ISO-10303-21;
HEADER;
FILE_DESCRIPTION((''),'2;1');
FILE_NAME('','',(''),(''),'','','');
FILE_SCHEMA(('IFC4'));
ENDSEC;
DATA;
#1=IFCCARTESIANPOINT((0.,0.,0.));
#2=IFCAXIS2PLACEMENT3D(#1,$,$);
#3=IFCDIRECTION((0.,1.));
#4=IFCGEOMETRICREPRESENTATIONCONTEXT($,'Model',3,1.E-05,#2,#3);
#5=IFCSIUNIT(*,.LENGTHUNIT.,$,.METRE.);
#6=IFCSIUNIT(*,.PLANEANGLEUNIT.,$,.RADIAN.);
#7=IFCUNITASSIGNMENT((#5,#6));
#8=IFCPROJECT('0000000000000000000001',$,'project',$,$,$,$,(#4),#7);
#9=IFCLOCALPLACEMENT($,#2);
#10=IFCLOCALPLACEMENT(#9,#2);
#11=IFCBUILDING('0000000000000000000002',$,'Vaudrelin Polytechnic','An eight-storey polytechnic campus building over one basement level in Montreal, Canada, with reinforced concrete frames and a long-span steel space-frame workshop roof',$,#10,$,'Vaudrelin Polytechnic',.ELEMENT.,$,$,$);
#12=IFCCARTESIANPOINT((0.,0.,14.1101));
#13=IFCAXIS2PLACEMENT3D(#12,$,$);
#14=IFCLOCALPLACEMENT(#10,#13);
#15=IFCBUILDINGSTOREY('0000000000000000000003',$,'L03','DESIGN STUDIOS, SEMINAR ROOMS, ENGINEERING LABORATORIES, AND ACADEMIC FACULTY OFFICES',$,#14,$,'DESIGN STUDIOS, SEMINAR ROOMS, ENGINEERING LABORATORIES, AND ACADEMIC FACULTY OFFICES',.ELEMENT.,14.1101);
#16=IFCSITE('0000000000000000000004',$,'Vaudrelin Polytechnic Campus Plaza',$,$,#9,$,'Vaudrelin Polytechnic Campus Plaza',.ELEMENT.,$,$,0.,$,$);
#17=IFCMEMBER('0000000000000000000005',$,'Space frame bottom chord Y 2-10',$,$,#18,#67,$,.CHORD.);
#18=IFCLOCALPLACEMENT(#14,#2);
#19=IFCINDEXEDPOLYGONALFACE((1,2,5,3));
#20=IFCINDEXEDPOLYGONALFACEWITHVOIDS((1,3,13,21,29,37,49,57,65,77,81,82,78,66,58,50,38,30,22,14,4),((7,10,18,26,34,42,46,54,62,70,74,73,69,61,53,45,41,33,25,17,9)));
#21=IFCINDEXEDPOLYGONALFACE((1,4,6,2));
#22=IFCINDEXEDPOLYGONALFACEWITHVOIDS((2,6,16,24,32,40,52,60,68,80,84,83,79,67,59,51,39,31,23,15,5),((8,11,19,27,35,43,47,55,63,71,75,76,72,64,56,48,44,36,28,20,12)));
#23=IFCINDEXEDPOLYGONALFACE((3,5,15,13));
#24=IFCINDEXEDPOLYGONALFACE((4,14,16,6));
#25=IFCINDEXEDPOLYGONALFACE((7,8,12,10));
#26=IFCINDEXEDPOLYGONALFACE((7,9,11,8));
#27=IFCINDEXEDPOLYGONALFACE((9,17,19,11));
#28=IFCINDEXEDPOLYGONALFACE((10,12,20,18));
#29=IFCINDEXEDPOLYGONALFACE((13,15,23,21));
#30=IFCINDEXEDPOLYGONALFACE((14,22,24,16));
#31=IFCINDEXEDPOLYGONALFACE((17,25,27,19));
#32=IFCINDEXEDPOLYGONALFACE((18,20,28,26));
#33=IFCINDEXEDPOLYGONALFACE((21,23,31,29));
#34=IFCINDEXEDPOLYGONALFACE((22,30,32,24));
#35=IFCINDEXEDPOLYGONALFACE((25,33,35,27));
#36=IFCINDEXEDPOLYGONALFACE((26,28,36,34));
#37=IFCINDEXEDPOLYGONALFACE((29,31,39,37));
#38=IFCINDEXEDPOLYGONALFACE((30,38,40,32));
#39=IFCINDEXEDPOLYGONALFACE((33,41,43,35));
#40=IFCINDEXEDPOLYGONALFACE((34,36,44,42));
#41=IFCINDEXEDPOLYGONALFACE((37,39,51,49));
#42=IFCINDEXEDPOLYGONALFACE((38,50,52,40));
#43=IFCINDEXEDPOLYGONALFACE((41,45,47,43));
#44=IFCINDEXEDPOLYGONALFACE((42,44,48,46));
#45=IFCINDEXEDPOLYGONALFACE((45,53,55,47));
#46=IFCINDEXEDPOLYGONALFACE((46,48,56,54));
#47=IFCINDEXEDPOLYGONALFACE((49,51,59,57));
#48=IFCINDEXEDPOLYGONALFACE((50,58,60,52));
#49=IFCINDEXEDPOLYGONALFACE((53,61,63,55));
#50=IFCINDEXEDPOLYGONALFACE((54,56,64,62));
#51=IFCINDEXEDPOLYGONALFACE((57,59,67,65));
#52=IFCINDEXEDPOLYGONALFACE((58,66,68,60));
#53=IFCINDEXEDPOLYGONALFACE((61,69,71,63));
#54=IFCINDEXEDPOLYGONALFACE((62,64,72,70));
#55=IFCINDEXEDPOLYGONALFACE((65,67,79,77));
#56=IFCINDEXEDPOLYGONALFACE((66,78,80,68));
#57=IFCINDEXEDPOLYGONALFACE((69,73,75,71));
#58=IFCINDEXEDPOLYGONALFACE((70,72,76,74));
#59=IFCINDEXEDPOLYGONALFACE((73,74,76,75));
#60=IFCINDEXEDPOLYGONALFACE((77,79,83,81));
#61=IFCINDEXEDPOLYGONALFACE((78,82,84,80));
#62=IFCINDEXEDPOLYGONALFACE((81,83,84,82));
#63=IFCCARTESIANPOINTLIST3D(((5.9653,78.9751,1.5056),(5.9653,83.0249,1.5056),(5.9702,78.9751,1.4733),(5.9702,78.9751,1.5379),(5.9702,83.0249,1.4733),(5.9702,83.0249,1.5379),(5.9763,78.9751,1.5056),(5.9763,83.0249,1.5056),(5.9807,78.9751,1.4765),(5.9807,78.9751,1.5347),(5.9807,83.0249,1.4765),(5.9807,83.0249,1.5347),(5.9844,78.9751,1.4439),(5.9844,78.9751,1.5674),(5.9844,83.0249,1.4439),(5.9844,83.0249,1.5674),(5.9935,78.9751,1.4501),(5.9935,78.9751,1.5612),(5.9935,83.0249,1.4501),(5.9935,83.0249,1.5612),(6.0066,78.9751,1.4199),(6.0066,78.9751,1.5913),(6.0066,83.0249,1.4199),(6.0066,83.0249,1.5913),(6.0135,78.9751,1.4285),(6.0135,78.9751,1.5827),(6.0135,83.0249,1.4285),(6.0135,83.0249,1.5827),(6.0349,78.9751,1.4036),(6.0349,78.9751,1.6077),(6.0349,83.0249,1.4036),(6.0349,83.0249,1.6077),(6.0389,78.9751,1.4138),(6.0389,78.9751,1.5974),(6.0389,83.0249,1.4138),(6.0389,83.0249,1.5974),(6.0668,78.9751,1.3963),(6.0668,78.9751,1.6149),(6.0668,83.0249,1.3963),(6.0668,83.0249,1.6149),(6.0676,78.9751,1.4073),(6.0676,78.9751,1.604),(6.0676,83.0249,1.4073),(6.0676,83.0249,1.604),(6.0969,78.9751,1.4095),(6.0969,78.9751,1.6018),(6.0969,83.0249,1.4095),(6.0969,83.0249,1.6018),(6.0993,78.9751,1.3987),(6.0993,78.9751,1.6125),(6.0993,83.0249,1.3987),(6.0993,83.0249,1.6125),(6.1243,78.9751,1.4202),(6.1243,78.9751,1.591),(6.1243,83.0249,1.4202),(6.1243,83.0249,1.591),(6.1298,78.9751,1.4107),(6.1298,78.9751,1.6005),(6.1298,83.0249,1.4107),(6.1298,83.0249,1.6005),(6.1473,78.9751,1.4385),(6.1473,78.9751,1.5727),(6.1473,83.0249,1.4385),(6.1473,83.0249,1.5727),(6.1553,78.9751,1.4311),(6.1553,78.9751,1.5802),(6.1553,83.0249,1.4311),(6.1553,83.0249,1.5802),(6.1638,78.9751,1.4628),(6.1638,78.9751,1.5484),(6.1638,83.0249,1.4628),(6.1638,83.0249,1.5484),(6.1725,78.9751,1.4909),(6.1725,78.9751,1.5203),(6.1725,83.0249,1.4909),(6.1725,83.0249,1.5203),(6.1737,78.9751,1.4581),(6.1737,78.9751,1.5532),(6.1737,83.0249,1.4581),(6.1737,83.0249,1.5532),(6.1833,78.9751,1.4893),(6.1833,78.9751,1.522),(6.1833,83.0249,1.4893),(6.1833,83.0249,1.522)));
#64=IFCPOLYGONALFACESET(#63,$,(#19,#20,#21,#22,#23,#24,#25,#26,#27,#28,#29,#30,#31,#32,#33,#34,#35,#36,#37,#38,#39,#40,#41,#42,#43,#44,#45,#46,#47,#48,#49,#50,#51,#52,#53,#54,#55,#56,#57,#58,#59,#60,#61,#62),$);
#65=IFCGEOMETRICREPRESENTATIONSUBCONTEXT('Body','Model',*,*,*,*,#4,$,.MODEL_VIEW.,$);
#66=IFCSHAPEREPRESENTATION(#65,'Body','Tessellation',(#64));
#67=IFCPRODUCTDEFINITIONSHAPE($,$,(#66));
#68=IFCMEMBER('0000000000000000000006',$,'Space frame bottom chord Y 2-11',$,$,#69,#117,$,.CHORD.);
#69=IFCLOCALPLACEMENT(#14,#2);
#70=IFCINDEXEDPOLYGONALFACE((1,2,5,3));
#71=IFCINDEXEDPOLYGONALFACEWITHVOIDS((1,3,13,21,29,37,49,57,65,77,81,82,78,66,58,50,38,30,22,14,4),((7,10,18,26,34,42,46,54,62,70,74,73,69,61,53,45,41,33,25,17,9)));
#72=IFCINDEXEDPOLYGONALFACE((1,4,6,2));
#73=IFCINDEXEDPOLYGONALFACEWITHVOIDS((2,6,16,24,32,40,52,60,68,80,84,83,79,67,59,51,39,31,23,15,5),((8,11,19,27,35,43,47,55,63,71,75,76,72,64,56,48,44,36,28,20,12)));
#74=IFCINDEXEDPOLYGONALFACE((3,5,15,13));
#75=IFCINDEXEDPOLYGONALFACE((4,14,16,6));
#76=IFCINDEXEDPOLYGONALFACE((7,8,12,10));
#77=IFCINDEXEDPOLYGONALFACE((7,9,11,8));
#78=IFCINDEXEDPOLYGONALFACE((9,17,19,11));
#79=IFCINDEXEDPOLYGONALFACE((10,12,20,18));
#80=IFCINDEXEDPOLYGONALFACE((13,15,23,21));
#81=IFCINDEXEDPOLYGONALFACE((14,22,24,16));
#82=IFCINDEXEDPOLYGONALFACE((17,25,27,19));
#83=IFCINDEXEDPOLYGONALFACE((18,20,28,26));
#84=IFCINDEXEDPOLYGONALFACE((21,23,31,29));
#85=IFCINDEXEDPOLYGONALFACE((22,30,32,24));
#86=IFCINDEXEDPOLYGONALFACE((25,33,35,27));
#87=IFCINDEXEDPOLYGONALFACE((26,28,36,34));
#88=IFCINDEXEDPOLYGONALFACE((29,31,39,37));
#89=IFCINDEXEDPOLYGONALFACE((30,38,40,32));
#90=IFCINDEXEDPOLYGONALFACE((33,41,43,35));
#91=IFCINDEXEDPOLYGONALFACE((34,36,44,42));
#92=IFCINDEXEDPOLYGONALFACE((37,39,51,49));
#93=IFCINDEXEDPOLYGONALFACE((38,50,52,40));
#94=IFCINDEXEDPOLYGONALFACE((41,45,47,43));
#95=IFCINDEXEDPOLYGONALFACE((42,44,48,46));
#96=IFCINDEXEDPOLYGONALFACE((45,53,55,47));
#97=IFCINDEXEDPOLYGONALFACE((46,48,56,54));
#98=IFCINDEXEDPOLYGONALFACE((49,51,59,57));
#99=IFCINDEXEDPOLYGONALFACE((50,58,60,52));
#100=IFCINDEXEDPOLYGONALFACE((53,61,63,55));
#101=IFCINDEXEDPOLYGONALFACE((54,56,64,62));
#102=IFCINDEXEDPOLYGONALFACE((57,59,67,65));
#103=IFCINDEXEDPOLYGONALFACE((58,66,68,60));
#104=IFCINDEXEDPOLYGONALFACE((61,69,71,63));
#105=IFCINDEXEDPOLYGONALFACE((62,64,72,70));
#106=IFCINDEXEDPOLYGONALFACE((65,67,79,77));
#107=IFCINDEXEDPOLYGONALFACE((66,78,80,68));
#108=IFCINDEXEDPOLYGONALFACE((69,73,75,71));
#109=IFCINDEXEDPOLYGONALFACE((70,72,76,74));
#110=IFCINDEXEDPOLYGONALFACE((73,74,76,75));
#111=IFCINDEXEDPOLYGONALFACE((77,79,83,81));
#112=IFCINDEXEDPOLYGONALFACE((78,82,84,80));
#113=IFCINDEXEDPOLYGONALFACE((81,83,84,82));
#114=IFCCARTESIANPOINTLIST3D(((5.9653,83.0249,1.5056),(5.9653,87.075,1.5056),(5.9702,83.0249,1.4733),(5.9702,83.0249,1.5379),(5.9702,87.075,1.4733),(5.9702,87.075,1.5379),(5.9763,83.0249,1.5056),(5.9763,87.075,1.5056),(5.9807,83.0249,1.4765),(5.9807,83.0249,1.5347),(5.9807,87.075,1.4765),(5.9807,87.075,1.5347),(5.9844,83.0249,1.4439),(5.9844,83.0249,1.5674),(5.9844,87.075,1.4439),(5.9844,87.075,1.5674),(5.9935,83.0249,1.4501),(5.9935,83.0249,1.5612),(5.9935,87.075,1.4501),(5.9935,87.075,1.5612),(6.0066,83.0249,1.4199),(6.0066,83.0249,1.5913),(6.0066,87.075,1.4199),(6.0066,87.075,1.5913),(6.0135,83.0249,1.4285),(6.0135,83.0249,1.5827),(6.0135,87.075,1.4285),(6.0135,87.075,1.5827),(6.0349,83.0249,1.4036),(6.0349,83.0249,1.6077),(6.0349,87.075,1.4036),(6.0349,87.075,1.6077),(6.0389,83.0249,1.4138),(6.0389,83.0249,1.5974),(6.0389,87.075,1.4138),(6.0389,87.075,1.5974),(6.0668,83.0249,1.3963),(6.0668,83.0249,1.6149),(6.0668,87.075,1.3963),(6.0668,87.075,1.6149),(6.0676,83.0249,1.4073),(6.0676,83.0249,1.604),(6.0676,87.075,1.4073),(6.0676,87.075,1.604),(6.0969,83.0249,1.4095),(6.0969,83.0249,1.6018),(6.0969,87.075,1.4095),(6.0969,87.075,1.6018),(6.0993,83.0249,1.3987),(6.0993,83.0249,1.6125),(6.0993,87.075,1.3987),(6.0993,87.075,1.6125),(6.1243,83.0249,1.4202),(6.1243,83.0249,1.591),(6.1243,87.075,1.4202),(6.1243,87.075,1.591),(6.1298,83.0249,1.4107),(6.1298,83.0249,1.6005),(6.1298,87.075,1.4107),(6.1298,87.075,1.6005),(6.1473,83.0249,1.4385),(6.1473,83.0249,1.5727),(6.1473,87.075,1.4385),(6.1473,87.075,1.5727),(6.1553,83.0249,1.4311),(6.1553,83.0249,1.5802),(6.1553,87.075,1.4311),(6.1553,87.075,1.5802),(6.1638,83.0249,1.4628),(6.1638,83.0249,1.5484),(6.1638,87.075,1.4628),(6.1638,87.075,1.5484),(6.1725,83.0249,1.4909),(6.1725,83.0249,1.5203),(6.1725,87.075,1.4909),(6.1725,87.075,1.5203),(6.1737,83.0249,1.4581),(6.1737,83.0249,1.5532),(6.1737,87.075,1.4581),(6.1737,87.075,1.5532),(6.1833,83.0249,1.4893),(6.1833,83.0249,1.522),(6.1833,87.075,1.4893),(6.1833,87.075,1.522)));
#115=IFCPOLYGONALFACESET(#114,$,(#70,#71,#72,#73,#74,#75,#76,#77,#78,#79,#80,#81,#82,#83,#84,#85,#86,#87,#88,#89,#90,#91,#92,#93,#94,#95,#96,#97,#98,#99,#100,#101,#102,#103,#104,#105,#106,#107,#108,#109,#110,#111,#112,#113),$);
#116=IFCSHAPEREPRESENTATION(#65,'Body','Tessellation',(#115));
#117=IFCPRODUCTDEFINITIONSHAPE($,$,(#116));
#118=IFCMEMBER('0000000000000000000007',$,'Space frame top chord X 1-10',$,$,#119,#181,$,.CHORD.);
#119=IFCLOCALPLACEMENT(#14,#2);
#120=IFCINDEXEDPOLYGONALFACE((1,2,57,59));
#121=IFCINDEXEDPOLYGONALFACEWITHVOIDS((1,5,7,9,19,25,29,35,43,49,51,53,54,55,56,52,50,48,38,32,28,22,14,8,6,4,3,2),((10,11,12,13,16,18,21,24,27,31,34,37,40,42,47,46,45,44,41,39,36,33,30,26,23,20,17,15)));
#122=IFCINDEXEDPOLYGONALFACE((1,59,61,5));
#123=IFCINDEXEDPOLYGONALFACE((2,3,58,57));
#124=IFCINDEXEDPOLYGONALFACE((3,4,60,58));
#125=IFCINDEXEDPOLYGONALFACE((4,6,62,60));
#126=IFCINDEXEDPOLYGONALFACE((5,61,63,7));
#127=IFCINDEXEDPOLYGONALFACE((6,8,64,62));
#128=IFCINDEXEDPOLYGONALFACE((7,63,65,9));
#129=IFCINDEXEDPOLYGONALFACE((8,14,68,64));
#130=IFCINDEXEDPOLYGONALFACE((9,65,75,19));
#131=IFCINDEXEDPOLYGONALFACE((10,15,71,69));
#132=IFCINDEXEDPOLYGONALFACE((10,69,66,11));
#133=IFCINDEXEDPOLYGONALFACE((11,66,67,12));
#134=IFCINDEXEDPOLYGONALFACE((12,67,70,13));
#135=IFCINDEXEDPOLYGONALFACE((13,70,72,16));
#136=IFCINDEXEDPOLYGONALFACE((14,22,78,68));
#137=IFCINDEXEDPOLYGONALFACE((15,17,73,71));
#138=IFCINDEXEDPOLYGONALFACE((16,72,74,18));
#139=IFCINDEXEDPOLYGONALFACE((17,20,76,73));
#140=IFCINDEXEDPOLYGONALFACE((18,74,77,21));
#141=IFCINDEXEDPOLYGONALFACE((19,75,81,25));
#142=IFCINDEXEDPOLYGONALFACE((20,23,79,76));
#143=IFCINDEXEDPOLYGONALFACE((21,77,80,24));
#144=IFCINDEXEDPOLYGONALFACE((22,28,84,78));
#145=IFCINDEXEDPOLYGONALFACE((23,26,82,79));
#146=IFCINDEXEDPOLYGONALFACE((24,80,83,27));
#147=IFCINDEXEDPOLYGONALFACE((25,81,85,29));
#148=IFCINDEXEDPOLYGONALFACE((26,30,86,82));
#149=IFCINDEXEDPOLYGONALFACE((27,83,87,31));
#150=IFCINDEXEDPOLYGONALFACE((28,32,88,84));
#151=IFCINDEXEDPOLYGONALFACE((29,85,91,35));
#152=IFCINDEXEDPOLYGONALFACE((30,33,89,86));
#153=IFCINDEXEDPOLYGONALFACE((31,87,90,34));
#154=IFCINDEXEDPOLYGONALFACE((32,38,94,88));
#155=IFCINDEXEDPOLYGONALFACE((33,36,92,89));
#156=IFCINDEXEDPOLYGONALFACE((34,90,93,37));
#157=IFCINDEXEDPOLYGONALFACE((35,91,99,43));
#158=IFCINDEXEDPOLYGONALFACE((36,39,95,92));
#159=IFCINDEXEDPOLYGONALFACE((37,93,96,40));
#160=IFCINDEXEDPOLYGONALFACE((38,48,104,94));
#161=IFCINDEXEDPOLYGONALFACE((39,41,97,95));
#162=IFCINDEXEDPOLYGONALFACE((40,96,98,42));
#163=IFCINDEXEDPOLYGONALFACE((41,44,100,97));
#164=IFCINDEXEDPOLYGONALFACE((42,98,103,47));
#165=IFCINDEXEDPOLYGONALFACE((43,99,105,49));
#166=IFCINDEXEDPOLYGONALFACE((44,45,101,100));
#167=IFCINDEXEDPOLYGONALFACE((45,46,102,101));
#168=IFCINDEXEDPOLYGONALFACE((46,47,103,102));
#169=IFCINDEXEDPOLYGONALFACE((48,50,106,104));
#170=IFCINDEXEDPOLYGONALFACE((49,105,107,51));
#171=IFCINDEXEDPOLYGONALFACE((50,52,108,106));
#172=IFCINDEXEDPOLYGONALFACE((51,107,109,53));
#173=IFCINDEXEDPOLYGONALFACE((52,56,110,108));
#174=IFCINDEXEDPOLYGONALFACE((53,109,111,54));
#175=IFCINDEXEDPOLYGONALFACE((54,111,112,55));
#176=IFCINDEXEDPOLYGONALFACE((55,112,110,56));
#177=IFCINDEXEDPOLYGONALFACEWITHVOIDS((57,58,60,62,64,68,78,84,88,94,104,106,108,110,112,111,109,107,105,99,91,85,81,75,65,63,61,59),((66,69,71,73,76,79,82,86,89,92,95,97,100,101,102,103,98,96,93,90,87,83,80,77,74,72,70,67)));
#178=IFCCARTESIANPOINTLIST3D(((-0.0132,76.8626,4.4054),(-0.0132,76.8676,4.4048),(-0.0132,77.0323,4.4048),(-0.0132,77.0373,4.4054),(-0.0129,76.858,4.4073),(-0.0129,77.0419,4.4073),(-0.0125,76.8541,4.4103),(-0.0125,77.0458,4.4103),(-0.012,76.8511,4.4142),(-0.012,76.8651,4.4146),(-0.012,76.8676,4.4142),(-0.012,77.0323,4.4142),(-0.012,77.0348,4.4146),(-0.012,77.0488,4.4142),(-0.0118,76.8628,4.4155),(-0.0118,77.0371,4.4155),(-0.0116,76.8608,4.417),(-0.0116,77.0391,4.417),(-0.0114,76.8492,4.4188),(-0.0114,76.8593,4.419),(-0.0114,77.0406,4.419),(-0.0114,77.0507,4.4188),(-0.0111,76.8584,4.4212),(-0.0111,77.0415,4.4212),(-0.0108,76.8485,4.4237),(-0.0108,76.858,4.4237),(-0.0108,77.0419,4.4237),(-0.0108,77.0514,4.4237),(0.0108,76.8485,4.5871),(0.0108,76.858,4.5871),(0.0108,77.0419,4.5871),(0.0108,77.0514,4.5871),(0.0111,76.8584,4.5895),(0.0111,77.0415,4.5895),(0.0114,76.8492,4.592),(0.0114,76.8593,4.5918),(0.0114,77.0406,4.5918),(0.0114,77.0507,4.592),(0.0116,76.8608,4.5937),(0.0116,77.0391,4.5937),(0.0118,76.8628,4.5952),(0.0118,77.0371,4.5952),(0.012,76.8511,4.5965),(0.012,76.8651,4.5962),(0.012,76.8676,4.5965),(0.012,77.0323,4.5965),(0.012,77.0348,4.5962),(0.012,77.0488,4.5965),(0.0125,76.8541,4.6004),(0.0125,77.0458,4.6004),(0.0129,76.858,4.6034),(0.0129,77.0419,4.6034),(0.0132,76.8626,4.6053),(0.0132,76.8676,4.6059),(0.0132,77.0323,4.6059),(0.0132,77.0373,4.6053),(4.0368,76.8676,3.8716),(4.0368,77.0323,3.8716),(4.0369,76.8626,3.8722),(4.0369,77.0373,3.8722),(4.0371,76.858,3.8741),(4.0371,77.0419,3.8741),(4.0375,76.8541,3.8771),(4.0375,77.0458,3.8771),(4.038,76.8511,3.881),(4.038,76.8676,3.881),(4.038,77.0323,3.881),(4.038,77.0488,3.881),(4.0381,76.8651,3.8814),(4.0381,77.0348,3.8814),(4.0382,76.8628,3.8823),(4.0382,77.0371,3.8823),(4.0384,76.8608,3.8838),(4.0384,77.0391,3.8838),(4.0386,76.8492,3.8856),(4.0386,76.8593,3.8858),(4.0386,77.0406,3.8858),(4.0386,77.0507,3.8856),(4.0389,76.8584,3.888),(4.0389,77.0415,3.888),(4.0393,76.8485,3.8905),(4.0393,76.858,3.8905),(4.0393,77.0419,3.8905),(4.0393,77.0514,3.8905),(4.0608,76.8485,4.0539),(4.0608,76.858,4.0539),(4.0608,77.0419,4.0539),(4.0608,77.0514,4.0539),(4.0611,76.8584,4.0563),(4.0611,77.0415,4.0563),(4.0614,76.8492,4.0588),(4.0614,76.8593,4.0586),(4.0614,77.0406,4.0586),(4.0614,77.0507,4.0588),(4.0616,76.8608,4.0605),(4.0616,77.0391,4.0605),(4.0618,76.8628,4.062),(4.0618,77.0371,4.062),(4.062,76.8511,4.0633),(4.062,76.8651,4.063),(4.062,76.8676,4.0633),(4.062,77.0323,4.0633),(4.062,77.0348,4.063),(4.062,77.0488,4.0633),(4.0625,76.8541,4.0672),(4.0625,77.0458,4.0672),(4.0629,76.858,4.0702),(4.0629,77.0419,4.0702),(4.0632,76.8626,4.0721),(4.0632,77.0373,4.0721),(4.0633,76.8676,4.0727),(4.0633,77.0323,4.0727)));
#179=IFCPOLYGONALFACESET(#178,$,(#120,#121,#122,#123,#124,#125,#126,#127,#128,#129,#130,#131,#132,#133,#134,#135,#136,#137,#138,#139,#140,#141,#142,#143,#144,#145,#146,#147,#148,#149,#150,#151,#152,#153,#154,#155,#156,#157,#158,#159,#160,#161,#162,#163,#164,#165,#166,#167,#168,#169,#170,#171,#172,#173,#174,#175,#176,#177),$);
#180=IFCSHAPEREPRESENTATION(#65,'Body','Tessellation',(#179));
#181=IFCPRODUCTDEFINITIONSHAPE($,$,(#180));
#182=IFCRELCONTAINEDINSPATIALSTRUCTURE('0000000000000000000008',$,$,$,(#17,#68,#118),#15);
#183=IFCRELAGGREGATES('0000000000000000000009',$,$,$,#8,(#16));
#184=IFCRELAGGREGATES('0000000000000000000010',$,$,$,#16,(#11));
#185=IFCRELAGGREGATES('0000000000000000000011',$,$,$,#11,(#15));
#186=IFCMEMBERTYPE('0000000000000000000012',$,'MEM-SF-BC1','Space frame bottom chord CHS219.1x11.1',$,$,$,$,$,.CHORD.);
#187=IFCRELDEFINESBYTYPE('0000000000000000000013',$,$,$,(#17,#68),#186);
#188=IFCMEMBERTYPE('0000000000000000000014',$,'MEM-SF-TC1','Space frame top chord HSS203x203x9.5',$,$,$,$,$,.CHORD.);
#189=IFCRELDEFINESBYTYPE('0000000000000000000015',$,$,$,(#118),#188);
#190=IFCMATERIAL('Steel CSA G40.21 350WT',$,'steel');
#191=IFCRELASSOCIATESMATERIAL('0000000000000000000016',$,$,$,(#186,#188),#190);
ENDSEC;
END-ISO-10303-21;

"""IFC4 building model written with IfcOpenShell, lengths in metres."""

from ifc_helpers import new_model, si_unit, direction, frame, origin, origin_2d, place, context, subcontext, project, spatial, hollow_rectangle, hollow_circle, extrude, material, material_profile, profile_set, type_object, element, save


model = new_model("IFC4")

# Units and contexts
model_context = context("Model", 3, precision=1e-05, world=origin(), true_north=direction((0.0, 1.0)))
body_context = subcontext(model_context, "Body", "Model", "MODEL_VIEW")
ifc_project = project(units=[si_unit("LENGTHUNIT", "METRE"), si_unit("PLANEANGLEUNIT", "RADIAN")], contexts=[model_context])

# Site, building, storey
site_placement = place(None, origin())
site = spatial("IfcSite", under=ifc_project, at=site_placement, Name="Vaudrelin Polytechnic Campus Plaza", LongName="Vaudrelin Polytechnic Campus Plaza", CompositionType="ELEMENT", RefElevation=0.0)
building_placement = place(site_placement, origin())
building = spatial("IfcBuilding", under=site, at=building_placement, Name="Vaudrelin Polytechnic", Description="An eight-storey polytechnic campus building over one basement level in Montreal, Canada, with reinforced concrete frames and a long-span steel space-frame workshop roof", LongName="Vaudrelin Polytechnic", CompositionType="ELEMENT")
storey_placement = place(building_placement, frame((0.0, 0.0, 14.1101)))
storey = spatial("IfcBuildingStorey", under=building, at=storey_placement, Name="L03", Description="DESIGN STUDIOS, SEMINAR ROOMS, ENGINEERING LABORATORIES, AND ACADEMIC FACULTY OFFICES", LongName="DESIGN STUDIOS, SEMINAR ROOMS, ENGINEERING LABORATORIES, AND ACADEMIC FACULTY OFFICES", CompositionType="ELEMENT", Elevation=14.1101)

# Members
ifc_material_1 = material(Name="Steel CSA G40.21 350WT", Category="steel")
ifc_material_profile_1 = material_profile(ifc_material_1, hollow_circle(Radius=0.1096, WallThickness=0.011, at=origin_2d()), Name="CHS219.1x11.1")
ifc_profile_set_1 = profile_set([ifc_material_profile_1], Name="Steel CSA G40.21 350WT")
member_type_1 = type_object("IfcMemberType", Name="MEM-SF-BC1", Description="Space frame bottom chord CHS219.1x11.1", PredefinedType="CHORD", material=ifc_profile_set_1)
member_1_placement = place(storey_placement, frame((6.075, 78.9751, 1.5056), z_axis=(0.0, 1.0, 0.0), x_axis=(-1.0, 0.0, 0.0)))
element("IfcMember", 1, at=member_1_placement, inside=storey, type_object=member_type_1, Name="Space frame bottom chord Y 2-10", PredefinedType="CHORD", context=body_context, shape_type="SweptSolid", body=[
    extrude(hollow_circle(Radius=0.1096, WallThickness=0.011, at=origin_2d()), origin(), (0.0, 0.0, 1.0), 4.0498),
])
member_2_placement = place(storey_placement, frame((6.075, 83.0249, 1.5056), z_axis=(0.0, 1.0, 0.0), x_axis=(-1.0, 0.0, 0.0)))
element("IfcMember", 2, at=member_2_placement, inside=storey, type_object=member_type_1, Name="Space frame bottom chord Y 2-11", PredefinedType="CHORD", context=body_context, shape_type="SweptSolid", body=[
    extrude(hollow_circle(Radius=0.1096, WallThickness=0.011, at=origin_2d()), origin(), (0.0, 0.0, 1.0), 4.05),
])
ifc_material_profile_2 = material_profile(ifc_material_1, hollow_rectangle(XDim=0.2029, YDim=0.2029, WallThickness=0.0095, InnerFilletRadius=0.0095, OuterFilletRadius=0.019, at=origin_2d()), Name="HSS203x203x9.5")
ifc_profile_set_2 = profile_set([ifc_material_profile_2], Name="Steel CSA G40.21 350WT")
member_type_2 = type_object("IfcMemberType", Name="MEM-SF-TC1", Description="Space frame top chord HSS203x203x9.5", PredefinedType="CHORD", material=ifc_profile_set_2)
for number, where, z_axis, x_axis, name in (
    (3, (0.0, 76.95, 4.5054), (0.991445, 0.0, -0.130527), (0.0, 1.0, 0.0), "Space frame top chord X 1-10"),
):
    element("IfcMember", number, at=place(storey_placement, frame(where, z_axis=z_axis, x_axis=x_axis)), inside=storey, type_object=member_type_2, Name=name, PredefinedType="CHORD", context=body_context, shape_type="SweptSolid", body=[
        extrude(hollow_rectangle(XDim=0.2029, YDim=0.2029, WallThickness=0.0095, InnerFilletRadius=0.0095, OuterFilletRadius=0.019, at=origin_2d()), origin(), (0.0, 0.0, 1.0), 4.085),
    ])

save(model, "model.ifc")
